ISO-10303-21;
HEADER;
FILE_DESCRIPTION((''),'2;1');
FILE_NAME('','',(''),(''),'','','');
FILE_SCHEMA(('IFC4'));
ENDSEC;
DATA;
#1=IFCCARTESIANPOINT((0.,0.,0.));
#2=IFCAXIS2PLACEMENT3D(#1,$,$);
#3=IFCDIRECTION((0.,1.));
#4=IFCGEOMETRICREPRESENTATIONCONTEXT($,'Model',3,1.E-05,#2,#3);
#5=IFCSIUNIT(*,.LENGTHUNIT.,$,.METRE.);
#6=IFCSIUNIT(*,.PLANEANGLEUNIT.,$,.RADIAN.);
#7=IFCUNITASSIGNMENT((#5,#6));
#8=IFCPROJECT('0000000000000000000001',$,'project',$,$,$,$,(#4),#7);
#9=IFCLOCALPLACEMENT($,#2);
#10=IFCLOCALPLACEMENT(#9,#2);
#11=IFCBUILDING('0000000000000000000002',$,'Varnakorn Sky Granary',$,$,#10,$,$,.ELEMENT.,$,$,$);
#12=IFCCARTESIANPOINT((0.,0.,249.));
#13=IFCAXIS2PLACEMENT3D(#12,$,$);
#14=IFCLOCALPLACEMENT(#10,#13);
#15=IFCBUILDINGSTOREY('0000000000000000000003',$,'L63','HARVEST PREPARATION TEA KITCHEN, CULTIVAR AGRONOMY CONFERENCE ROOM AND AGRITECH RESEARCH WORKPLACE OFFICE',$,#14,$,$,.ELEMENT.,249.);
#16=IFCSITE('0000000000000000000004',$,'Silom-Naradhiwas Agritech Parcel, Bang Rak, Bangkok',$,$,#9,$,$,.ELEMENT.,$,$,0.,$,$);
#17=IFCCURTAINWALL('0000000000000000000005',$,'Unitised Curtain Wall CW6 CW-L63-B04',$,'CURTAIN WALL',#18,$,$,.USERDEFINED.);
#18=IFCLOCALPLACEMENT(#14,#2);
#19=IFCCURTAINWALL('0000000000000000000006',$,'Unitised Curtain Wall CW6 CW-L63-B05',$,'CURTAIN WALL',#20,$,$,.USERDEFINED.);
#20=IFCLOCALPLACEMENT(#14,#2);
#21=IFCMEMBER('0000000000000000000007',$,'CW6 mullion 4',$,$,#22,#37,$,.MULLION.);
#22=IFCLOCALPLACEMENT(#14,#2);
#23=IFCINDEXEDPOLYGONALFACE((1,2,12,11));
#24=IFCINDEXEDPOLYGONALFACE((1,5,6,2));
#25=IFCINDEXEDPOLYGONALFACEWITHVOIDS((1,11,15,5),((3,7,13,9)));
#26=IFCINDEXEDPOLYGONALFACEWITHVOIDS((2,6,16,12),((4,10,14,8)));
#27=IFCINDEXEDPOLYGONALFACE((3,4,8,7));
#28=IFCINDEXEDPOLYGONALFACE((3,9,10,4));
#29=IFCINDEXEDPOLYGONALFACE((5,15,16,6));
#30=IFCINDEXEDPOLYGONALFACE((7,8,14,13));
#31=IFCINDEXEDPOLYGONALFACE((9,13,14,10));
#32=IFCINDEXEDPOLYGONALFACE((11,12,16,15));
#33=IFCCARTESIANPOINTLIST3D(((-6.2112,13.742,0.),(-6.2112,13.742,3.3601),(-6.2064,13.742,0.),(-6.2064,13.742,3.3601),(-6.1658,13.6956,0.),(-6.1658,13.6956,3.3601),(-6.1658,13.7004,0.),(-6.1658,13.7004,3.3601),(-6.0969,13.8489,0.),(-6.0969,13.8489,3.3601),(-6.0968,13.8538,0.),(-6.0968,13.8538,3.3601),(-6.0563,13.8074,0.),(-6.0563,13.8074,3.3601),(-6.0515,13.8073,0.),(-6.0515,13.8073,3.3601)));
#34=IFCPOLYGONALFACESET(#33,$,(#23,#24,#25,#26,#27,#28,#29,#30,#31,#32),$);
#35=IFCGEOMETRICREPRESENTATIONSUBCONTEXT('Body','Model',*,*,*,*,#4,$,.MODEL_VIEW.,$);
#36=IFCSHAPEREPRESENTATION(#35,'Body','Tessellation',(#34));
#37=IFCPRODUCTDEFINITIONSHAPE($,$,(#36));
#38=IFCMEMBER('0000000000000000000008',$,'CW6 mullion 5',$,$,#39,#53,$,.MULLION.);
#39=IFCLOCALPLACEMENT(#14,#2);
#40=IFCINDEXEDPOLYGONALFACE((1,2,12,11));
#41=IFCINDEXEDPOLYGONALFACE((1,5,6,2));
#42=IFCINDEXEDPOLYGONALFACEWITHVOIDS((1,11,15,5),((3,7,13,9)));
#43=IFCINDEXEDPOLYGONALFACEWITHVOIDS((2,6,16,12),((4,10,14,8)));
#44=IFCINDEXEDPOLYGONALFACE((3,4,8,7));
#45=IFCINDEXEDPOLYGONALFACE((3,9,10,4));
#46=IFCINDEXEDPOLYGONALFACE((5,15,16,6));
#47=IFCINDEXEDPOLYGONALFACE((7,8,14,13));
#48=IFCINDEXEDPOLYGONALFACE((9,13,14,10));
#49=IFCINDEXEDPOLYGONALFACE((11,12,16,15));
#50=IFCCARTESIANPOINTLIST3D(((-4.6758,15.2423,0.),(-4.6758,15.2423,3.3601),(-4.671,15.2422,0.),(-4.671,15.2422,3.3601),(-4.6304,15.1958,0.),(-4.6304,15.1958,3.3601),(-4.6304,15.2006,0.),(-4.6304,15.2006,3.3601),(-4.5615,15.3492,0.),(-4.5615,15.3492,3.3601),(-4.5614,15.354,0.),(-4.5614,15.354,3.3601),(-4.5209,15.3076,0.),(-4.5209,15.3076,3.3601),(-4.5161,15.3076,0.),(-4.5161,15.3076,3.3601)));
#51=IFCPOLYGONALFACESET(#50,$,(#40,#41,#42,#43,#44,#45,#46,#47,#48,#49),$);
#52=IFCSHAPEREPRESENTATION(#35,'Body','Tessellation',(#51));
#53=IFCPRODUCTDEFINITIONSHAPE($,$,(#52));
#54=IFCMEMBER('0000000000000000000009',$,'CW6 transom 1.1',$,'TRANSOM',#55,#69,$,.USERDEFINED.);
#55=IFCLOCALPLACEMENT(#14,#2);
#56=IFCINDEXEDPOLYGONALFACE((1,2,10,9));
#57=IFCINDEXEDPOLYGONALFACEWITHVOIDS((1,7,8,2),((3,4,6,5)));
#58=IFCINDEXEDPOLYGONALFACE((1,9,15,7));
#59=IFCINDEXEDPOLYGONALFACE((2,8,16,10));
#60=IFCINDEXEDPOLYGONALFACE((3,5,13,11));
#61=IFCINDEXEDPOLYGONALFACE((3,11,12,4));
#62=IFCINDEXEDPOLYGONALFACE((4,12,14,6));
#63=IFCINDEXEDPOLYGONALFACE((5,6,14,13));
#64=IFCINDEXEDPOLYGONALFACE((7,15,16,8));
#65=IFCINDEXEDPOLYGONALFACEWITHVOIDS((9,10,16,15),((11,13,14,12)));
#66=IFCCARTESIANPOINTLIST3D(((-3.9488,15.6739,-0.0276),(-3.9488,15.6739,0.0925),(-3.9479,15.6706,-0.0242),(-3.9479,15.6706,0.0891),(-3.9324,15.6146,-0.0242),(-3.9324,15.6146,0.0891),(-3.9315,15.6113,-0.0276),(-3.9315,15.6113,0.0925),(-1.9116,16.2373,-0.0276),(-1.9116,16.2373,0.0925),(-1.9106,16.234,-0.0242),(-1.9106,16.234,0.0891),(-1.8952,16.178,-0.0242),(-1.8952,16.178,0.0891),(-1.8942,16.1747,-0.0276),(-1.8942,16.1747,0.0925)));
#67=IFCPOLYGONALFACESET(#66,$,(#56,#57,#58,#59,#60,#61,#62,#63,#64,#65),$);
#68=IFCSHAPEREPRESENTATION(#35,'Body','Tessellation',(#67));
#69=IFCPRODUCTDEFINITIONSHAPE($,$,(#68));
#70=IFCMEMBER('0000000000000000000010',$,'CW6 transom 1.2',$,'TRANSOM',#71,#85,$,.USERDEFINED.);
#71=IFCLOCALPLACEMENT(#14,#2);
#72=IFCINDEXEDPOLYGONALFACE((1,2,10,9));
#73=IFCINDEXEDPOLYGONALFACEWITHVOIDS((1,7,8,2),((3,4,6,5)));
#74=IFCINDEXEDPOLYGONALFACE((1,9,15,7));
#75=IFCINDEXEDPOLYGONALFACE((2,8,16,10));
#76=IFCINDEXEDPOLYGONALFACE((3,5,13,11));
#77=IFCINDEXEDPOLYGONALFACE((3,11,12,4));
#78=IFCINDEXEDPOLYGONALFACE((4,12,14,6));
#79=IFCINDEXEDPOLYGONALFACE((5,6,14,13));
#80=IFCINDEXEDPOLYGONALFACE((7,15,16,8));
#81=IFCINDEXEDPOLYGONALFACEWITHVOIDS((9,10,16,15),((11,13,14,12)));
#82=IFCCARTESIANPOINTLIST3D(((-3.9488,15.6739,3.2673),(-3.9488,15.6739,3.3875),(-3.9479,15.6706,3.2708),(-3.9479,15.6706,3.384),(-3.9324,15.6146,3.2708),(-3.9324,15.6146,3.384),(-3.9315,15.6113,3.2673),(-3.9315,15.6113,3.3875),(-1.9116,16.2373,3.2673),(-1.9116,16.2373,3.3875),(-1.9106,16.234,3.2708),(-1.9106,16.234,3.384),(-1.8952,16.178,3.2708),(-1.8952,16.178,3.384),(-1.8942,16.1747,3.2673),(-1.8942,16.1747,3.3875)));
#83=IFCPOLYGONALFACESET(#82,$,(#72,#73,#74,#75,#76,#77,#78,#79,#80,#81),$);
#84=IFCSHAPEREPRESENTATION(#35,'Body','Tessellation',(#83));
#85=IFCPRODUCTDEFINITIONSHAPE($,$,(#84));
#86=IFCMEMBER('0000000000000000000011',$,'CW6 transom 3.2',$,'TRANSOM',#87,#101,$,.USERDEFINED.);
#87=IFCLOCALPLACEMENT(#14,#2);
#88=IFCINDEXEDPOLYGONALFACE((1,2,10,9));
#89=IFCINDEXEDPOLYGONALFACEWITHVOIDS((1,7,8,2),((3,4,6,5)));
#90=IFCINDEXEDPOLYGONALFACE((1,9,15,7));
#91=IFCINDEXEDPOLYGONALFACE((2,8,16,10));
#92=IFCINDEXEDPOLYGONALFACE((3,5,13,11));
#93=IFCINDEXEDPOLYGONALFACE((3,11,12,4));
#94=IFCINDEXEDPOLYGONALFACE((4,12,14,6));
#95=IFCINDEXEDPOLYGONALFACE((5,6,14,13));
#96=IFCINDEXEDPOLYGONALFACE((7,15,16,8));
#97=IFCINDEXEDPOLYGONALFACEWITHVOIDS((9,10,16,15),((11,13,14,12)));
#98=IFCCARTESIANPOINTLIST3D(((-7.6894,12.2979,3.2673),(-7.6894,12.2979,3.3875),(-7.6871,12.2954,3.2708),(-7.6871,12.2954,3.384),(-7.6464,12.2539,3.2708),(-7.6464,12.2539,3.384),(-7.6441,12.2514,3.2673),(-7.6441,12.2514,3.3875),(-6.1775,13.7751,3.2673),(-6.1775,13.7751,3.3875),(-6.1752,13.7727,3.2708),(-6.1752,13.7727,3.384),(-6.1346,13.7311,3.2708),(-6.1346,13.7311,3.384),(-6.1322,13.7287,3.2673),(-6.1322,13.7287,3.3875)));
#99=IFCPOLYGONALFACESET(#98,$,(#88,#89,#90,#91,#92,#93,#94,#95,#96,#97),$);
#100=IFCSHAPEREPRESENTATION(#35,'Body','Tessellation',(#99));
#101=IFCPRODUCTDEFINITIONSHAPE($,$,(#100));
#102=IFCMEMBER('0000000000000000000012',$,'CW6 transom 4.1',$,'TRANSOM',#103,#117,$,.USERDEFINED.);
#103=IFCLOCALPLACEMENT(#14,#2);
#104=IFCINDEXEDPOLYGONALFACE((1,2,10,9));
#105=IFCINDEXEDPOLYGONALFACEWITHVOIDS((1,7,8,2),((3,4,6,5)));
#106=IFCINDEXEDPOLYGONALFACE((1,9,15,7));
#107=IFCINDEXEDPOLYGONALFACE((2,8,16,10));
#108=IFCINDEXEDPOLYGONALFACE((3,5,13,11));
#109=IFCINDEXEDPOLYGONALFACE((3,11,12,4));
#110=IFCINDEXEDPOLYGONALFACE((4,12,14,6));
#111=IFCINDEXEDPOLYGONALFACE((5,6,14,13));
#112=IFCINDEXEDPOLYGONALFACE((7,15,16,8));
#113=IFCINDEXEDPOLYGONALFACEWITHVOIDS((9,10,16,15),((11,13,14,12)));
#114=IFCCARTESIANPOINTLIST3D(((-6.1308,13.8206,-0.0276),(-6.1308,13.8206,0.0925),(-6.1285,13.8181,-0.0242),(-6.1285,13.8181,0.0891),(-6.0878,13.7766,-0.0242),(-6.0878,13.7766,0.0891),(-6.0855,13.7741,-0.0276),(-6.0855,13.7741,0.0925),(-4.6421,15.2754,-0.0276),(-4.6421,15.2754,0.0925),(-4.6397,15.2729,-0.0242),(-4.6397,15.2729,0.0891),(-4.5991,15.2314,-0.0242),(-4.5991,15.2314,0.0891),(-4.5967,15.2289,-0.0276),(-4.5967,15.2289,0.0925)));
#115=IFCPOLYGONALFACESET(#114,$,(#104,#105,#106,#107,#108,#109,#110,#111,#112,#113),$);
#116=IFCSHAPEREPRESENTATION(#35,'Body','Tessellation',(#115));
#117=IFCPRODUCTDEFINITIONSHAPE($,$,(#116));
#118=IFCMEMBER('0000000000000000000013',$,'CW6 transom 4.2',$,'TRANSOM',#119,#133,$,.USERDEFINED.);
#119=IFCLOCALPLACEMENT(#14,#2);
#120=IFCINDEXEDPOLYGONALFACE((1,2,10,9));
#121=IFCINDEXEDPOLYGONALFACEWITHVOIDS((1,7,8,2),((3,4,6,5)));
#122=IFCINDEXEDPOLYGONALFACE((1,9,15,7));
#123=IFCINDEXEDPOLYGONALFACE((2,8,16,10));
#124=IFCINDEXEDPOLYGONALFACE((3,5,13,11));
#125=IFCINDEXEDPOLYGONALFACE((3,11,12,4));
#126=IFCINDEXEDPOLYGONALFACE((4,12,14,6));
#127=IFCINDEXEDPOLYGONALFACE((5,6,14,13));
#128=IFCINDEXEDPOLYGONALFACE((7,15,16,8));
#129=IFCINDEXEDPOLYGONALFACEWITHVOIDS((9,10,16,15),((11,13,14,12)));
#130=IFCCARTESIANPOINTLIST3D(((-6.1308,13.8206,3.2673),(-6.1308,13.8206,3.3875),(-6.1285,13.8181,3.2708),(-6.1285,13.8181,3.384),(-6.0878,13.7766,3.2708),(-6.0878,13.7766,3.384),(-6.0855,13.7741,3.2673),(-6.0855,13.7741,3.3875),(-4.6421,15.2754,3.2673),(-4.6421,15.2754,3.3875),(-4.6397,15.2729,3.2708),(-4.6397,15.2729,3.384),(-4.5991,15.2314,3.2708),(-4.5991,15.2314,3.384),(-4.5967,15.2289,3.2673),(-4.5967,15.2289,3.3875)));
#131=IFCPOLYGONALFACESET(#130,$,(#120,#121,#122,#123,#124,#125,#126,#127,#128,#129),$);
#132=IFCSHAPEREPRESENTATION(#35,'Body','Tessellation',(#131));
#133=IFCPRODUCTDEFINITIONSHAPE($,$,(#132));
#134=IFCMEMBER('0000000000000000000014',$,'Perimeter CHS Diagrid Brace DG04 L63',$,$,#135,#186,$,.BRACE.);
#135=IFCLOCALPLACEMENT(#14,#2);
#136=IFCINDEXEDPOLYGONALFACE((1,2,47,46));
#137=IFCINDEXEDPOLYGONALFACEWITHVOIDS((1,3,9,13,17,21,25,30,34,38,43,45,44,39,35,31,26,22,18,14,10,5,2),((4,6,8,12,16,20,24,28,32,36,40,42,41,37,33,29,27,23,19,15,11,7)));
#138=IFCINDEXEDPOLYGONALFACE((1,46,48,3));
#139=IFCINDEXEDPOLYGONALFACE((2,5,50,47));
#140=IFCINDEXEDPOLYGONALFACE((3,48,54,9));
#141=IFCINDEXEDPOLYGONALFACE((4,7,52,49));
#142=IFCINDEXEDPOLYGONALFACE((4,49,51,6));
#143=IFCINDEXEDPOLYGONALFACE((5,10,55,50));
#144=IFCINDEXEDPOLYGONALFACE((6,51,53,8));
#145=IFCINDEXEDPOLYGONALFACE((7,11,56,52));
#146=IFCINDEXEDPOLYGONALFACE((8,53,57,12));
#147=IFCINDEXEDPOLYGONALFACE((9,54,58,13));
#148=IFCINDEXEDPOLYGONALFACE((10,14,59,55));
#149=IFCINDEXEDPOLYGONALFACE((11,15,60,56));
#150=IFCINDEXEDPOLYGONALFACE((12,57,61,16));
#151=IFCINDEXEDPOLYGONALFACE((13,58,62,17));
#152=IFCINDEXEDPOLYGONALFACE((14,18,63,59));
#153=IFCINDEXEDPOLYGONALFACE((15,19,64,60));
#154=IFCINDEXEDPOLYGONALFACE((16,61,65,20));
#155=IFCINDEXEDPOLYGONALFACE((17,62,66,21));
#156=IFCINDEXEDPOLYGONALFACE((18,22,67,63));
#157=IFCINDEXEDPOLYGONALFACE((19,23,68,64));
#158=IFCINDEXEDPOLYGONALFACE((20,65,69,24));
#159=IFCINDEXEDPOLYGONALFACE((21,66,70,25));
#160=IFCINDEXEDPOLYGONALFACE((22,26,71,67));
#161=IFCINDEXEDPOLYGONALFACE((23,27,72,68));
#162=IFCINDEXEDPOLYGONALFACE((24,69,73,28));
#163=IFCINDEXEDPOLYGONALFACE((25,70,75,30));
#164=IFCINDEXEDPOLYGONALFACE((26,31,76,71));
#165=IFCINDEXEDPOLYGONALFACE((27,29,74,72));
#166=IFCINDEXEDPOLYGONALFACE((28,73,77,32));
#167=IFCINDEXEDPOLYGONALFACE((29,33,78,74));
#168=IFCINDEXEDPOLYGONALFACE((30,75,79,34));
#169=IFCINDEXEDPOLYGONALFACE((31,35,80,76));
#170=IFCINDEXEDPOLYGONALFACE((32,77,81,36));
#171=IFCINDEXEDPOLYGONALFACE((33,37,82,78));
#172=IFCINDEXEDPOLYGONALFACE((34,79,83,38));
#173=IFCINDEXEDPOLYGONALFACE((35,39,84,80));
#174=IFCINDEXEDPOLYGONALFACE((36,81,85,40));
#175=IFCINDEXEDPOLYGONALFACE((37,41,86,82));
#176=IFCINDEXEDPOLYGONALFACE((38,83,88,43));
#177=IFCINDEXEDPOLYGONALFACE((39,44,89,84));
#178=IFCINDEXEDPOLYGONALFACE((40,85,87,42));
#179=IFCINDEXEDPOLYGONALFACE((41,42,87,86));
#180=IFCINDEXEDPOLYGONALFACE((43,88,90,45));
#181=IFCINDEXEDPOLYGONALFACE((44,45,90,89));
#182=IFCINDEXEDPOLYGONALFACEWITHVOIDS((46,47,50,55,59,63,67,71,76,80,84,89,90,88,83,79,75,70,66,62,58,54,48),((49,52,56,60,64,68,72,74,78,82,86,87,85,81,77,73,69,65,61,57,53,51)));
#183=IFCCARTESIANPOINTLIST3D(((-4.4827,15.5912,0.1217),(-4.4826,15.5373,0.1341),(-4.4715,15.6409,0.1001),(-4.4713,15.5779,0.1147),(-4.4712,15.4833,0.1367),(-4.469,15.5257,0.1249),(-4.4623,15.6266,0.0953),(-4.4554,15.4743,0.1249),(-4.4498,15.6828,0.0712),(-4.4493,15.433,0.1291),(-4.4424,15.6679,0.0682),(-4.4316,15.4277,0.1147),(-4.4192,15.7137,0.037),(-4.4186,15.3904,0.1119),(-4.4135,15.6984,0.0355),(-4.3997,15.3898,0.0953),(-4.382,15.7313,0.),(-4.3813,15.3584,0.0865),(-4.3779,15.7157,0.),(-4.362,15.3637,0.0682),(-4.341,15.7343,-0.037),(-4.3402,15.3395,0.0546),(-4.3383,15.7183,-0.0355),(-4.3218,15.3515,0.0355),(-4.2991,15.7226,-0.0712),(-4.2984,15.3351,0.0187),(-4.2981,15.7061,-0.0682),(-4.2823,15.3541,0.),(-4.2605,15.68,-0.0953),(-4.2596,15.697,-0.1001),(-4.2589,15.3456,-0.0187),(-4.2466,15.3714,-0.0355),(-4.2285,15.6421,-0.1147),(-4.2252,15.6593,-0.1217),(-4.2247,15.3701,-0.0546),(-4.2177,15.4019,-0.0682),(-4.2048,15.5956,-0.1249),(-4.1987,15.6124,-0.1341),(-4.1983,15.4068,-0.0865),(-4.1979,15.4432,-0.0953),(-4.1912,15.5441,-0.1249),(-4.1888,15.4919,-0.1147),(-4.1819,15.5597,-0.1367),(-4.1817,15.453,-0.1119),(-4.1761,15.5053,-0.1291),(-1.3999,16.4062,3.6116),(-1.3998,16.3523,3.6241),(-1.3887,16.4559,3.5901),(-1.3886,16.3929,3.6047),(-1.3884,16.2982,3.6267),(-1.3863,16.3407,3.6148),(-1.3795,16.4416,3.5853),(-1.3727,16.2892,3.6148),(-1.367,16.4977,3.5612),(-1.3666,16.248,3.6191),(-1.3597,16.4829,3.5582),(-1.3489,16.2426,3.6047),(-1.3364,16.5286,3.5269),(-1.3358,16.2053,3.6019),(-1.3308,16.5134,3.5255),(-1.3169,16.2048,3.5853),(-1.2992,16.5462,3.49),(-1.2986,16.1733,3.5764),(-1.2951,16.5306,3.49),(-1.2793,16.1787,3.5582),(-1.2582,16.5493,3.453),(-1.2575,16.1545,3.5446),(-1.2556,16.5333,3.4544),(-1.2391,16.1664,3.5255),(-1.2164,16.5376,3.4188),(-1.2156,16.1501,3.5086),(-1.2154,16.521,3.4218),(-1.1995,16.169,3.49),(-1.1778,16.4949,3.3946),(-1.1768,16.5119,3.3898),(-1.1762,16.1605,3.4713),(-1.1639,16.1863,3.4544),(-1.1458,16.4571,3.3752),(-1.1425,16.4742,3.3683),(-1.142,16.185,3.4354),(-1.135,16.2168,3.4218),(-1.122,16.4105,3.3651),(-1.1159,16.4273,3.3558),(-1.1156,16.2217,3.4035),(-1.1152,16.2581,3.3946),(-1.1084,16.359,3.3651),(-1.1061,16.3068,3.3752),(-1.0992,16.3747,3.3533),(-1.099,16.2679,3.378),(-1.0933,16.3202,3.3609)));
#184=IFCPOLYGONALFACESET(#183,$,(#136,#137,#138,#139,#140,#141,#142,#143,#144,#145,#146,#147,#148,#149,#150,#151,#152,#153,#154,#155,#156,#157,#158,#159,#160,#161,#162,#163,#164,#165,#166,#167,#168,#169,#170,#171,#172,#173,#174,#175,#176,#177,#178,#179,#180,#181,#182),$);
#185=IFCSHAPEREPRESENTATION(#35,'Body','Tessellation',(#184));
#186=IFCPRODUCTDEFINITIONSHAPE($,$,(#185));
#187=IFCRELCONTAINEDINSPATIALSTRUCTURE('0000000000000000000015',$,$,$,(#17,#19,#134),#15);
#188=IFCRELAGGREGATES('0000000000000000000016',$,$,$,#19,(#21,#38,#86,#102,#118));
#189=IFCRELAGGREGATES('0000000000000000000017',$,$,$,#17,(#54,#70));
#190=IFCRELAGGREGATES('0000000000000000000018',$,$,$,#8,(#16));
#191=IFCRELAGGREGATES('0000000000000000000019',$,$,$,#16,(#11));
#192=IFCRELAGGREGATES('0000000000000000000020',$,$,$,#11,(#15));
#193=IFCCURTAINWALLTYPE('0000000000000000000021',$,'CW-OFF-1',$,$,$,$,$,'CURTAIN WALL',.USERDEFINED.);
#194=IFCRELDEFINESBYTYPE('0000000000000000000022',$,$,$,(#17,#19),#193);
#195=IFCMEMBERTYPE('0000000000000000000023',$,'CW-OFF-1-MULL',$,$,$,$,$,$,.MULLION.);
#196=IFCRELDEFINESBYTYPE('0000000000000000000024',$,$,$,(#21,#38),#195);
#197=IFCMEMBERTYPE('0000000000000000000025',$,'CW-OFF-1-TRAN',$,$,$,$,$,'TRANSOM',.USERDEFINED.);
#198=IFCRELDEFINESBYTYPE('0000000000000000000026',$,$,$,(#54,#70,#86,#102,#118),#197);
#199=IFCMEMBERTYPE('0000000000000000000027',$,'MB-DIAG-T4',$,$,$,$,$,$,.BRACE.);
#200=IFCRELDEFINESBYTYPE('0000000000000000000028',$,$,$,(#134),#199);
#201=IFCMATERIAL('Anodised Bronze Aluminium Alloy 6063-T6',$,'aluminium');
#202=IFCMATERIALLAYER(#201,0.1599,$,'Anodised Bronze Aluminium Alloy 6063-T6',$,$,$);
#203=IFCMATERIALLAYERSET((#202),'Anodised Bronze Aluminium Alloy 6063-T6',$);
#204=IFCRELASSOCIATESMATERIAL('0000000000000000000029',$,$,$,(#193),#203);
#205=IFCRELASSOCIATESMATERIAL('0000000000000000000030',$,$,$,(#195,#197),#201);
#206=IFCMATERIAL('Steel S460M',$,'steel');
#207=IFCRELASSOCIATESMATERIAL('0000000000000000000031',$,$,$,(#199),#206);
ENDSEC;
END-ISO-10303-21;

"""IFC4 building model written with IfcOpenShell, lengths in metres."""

from ifc_helpers import new_model, si_unit, direction, frame, origin, origin_2d, place, context, subcontext, project, spatial, hollow_rectangle, hollow_circle, extrude, material, layer, layer_set, material_profile, profile_set, type_object, element, aggregate, save


model = new_model("IFC4")

# Units and contexts
model_context = context("Model", 3, precision=1e-05, world=origin(), true_north=direction((0.0, 1.0)))
body_context = subcontext(model_context, "Body", "Model", "MODEL_VIEW")
ifc_project = project(units=[si_unit("LENGTHUNIT", "METRE"), si_unit("PLANEANGLEUNIT", "RADIAN")], contexts=[model_context])

# Site, building, storey
site_placement = place(None, origin())
site = spatial("IfcSite", under=ifc_project, at=site_placement, Name="Silom-Naradhiwas Agritech Parcel, Bang Rak, Bangkok", CompositionType="ELEMENT", RefElevation=0.0)
building_placement = place(site_placement, origin())
building = spatial("IfcBuilding", under=site, at=building_placement, Name="Varnakorn Sky Granary", CompositionType="ELEMENT")
storey_placement = place(building_placement, frame((0.0, 0.0, 249.0)))
storey = spatial("IfcBuildingStorey", under=building, at=storey_placement, Name="L63", Description="HARVEST PREPARATION TEA KITCHEN, CULTIVAR AGRONOMY CONFERENCE ROOM AND AGRITECH RESEARCH WORKPLACE OFFICE", CompositionType="ELEMENT", Elevation=249.0)

# Shared definitions
ifc_material_1 = material(Name="Steel S460M", Category="steel")

# Curtain wall
ifc_material_2 = material(Name="Anodised Bronze Aluminium Alloy 6063-T6", Category="aluminium")
ifc_layer_1 = layer(ifc_material_2, 0.1599, Name="Anodised Bronze Aluminium Alloy 6063-T6")
ifc_layer_set_1 = layer_set([ifc_layer_1], Name="Anodised Bronze Aluminium Alloy 6063-T6")
curtain_wall_type = type_object("IfcCurtainWallType", Name="CW-OFF-1", ElementType="CURTAIN WALL", PredefinedType="USERDEFINED", material=ifc_layer_set_1)
curtain_wall_1_placement = place(storey_placement, origin())
curtain_wall_1 = element("IfcCurtainWall", 1, at=curtain_wall_1_placement, inside=storey, type_object=curtain_wall_type, Name="Unitised Curtain Wall CW6 CW-L63-B04", ObjectType="CURTAIN WALL", PredefinedType="USERDEFINED")
ifc_material_profile_1 = material_profile(ifc_material_2, hollow_rectangle(XDim=0.0649, YDim=0.1599, WallThickness=0.0034, at=origin_2d()), Name="ALU MULL 65x160")
ifc_profile_set_1 = profile_set([ifc_material_profile_1], Name="Anodised Bronze Aluminium Alloy 6063-T6")
member_type_1 = type_object("IfcMemberType", Name="CW-OFF-1-MULL", PredefinedType="MULLION", material=ifc_profile_set_1)

# Curtain wall, members
curtain_wall_2_placement = place(storey_placement, origin())
curtain_wall_2 = element("IfcCurtainWall", 2, at=curtain_wall_2_placement, inside=storey, type_object=curtain_wall_type, Name="Unitised Curtain Wall CW6 CW-L63-B05", ObjectType="CURTAIN WALL", PredefinedType="USERDEFINED")
member_1_placement = place(storey_placement, frame((-6.1313, 13.7747, 0.0), z_axis=(0.0, 0.0, 1.0), x_axis=(-0.698833, 0.715285, 0.0)))
member_1 = element("IfcMember", 3, at=member_1_placement, type_object=member_type_1, Name="CW6 mullion 4", PredefinedType="MULLION", context=body_context, shape_type="SweptSolid", body=[
    extrude(hollow_rectangle(XDim=0.0649, YDim=0.1599, WallThickness=0.0034, at=origin_2d()), origin(), (0.0, 0.0, 1.0), 3.3601),
])
member_2_placement = place(storey_placement, frame((-4.5959, 15.2749, 0.0), z_axis=(0.0, 0.0, 1.0), x_axis=(-0.698833, 0.715285, 0.0)))
member_2 = element("IfcMember", 4, at=member_2_placement, type_object=member_type_1, Name="CW6 mullion 5", PredefinedType="MULLION", context=body_context, shape_type="SweptSolid", body=[
    extrude(hollow_rectangle(XDim=0.0649, YDim=0.1599, WallThickness=0.0034, at=origin_2d()), origin(), (0.0, 0.0, 1.0), 3.3601),
])

# Members
ifc_material_profile_2 = material_profile(ifc_material_2, hollow_rectangle(XDim=0.0649, YDim=0.1201, WallThickness=0.0034, at=origin_2d()), Name="ALU TRAN 65x120")
ifc_profile_set_2 = profile_set([ifc_material_profile_2], Name="Anodised Bronze Aluminium Alloy 6063-T6")
member_type_2 = type_object("IfcMemberType", Name="CW-OFF-1-TRAN", ElementType="TRANSOM", PredefinedType="USERDEFINED", material=ifc_profile_set_2)
member_3_placement = place(storey_placement, frame((-3.9402, 15.6426, 0.0325), z_axis=(0.963817, 0.266566, 0.0), x_axis=(-0.266566, 0.963817, 0.0)))
member_3 = element("IfcMember", 5, at=member_3_placement, type_object=member_type_2, Name="CW6 transom 1.1", ObjectType="TRANSOM", PredefinedType="USERDEFINED", context=body_context, shape_type="SweptSolid", body=[
    extrude(hollow_rectangle(XDim=0.0649, YDim=0.1201, WallThickness=0.0034, at=origin_2d()), origin(), (0.0, 0.0, 1.0), 2.1138),
])
member_4_placement = place(storey_placement, frame((-3.9402, 15.6426, 3.3274), z_axis=(0.963817, 0.266566, 0.0), x_axis=(-0.266566, 0.963817, 0.0)))
member_4 = element("IfcMember", 6, at=member_4_placement, type_object=member_type_2, Name="CW6 transom 1.2", ObjectType="TRANSOM", PredefinedType="USERDEFINED", context=body_context, shape_type="SweptSolid", body=[
    extrude(hollow_rectangle(XDim=0.0649, YDim=0.1201, WallThickness=0.0034, at=origin_2d()), origin(), (0.0, 0.0, 1.0), 2.1138),
])
member_5_placement = place(storey_placement, frame((-7.6667, 12.2747, 3.3274), z_axis=(0.715259, 0.698859, 0.0), x_axis=(-0.698859, 0.715259, 0.0)))
member_5 = element("IfcMember", 7, at=member_5_placement, type_object=member_type_2, Name="CW6 transom 3.2", ObjectType="TRANSOM", PredefinedType="USERDEFINED", context=body_context, shape_type="SweptSolid", body=[
    extrude(hollow_rectangle(XDim=0.0649, YDim=0.1201, WallThickness=0.0034, at=origin_2d()), origin(), (0.0, 0.0, 1.0), 2.1138),
])
member_6_placement = place(storey_placement, frame((-6.1082, 13.7974, 0.0325), z_axis=(0.715211, 0.698908, 0.0), x_axis=(-0.698908, 0.715211, 0.0)))
member_6 = element("IfcMember", 8, at=member_6_placement, type_object=member_type_2, Name="CW6 transom 4.1", ObjectType="TRANSOM", PredefinedType="USERDEFINED", context=body_context, shape_type="SweptSolid", body=[
    extrude(hollow_rectangle(XDim=0.0649, YDim=0.1201, WallThickness=0.0034, at=origin_2d()), origin(), (0.0, 0.0, 1.0), 2.0815),
])
member_7_placement = place(storey_placement, frame((-6.1082, 13.7974, 3.3274), z_axis=(0.715211, 0.698908, 0.0), x_axis=(-0.698908, 0.715211, 0.0)))
member_7 = element("IfcMember", 9, at=member_7_placement, type_object=member_type_2, Name="CW6 transom 4.2", ObjectType="TRANSOM", PredefinedType="USERDEFINED", context=body_context, shape_type="SweptSolid", body=[
    extrude(hollow_rectangle(XDim=0.0649, YDim=0.1201, WallThickness=0.0034, at=origin_2d()), origin(), (0.0, 0.0, 1.0), 2.0815),
])

# Member
ifc_material_profile_3 = material_profile(ifc_material_1, hollow_circle(Radius=0.2031, WallThickness=0.0161, at=origin_2d()), Name="CHS 406.4x16")
ifc_profile_set_3 = profile_set([ifc_material_profile_3], Name="Steel S460M")
member_type_3 = type_object("IfcMemberType", Name="MB-DIAG-T4", PredefinedType="BRACE", material=ifc_profile_set_3)
member_8_placement = place(storey_placement, frame((-4.3301, 15.5349, 0.0), z_axis=(0.652116, 0.17239, 0.738259), x_axis=(-0.255575, 0.966789, 0.0)))
element("IfcMember", 10, at=member_8_placement, inside=storey, type_object=member_type_3, Name="Perimeter CHS Diagrid Brace DG04 L63", PredefinedType="BRACE", context=body_context, shape_type="SweptSolid", body=[
    extrude(hollow_circle(Radius=0.2031, WallThickness=0.0161, at=origin_2d()), origin(), (0.0, 0.0, 1.0), 4.7273),
])

aggregate(curtain_wall_2, [member_1, member_2, member_5, member_6, member_7])
aggregate(curtain_wall_1, [member_3, member_4])

save(model, "model.ifc")
